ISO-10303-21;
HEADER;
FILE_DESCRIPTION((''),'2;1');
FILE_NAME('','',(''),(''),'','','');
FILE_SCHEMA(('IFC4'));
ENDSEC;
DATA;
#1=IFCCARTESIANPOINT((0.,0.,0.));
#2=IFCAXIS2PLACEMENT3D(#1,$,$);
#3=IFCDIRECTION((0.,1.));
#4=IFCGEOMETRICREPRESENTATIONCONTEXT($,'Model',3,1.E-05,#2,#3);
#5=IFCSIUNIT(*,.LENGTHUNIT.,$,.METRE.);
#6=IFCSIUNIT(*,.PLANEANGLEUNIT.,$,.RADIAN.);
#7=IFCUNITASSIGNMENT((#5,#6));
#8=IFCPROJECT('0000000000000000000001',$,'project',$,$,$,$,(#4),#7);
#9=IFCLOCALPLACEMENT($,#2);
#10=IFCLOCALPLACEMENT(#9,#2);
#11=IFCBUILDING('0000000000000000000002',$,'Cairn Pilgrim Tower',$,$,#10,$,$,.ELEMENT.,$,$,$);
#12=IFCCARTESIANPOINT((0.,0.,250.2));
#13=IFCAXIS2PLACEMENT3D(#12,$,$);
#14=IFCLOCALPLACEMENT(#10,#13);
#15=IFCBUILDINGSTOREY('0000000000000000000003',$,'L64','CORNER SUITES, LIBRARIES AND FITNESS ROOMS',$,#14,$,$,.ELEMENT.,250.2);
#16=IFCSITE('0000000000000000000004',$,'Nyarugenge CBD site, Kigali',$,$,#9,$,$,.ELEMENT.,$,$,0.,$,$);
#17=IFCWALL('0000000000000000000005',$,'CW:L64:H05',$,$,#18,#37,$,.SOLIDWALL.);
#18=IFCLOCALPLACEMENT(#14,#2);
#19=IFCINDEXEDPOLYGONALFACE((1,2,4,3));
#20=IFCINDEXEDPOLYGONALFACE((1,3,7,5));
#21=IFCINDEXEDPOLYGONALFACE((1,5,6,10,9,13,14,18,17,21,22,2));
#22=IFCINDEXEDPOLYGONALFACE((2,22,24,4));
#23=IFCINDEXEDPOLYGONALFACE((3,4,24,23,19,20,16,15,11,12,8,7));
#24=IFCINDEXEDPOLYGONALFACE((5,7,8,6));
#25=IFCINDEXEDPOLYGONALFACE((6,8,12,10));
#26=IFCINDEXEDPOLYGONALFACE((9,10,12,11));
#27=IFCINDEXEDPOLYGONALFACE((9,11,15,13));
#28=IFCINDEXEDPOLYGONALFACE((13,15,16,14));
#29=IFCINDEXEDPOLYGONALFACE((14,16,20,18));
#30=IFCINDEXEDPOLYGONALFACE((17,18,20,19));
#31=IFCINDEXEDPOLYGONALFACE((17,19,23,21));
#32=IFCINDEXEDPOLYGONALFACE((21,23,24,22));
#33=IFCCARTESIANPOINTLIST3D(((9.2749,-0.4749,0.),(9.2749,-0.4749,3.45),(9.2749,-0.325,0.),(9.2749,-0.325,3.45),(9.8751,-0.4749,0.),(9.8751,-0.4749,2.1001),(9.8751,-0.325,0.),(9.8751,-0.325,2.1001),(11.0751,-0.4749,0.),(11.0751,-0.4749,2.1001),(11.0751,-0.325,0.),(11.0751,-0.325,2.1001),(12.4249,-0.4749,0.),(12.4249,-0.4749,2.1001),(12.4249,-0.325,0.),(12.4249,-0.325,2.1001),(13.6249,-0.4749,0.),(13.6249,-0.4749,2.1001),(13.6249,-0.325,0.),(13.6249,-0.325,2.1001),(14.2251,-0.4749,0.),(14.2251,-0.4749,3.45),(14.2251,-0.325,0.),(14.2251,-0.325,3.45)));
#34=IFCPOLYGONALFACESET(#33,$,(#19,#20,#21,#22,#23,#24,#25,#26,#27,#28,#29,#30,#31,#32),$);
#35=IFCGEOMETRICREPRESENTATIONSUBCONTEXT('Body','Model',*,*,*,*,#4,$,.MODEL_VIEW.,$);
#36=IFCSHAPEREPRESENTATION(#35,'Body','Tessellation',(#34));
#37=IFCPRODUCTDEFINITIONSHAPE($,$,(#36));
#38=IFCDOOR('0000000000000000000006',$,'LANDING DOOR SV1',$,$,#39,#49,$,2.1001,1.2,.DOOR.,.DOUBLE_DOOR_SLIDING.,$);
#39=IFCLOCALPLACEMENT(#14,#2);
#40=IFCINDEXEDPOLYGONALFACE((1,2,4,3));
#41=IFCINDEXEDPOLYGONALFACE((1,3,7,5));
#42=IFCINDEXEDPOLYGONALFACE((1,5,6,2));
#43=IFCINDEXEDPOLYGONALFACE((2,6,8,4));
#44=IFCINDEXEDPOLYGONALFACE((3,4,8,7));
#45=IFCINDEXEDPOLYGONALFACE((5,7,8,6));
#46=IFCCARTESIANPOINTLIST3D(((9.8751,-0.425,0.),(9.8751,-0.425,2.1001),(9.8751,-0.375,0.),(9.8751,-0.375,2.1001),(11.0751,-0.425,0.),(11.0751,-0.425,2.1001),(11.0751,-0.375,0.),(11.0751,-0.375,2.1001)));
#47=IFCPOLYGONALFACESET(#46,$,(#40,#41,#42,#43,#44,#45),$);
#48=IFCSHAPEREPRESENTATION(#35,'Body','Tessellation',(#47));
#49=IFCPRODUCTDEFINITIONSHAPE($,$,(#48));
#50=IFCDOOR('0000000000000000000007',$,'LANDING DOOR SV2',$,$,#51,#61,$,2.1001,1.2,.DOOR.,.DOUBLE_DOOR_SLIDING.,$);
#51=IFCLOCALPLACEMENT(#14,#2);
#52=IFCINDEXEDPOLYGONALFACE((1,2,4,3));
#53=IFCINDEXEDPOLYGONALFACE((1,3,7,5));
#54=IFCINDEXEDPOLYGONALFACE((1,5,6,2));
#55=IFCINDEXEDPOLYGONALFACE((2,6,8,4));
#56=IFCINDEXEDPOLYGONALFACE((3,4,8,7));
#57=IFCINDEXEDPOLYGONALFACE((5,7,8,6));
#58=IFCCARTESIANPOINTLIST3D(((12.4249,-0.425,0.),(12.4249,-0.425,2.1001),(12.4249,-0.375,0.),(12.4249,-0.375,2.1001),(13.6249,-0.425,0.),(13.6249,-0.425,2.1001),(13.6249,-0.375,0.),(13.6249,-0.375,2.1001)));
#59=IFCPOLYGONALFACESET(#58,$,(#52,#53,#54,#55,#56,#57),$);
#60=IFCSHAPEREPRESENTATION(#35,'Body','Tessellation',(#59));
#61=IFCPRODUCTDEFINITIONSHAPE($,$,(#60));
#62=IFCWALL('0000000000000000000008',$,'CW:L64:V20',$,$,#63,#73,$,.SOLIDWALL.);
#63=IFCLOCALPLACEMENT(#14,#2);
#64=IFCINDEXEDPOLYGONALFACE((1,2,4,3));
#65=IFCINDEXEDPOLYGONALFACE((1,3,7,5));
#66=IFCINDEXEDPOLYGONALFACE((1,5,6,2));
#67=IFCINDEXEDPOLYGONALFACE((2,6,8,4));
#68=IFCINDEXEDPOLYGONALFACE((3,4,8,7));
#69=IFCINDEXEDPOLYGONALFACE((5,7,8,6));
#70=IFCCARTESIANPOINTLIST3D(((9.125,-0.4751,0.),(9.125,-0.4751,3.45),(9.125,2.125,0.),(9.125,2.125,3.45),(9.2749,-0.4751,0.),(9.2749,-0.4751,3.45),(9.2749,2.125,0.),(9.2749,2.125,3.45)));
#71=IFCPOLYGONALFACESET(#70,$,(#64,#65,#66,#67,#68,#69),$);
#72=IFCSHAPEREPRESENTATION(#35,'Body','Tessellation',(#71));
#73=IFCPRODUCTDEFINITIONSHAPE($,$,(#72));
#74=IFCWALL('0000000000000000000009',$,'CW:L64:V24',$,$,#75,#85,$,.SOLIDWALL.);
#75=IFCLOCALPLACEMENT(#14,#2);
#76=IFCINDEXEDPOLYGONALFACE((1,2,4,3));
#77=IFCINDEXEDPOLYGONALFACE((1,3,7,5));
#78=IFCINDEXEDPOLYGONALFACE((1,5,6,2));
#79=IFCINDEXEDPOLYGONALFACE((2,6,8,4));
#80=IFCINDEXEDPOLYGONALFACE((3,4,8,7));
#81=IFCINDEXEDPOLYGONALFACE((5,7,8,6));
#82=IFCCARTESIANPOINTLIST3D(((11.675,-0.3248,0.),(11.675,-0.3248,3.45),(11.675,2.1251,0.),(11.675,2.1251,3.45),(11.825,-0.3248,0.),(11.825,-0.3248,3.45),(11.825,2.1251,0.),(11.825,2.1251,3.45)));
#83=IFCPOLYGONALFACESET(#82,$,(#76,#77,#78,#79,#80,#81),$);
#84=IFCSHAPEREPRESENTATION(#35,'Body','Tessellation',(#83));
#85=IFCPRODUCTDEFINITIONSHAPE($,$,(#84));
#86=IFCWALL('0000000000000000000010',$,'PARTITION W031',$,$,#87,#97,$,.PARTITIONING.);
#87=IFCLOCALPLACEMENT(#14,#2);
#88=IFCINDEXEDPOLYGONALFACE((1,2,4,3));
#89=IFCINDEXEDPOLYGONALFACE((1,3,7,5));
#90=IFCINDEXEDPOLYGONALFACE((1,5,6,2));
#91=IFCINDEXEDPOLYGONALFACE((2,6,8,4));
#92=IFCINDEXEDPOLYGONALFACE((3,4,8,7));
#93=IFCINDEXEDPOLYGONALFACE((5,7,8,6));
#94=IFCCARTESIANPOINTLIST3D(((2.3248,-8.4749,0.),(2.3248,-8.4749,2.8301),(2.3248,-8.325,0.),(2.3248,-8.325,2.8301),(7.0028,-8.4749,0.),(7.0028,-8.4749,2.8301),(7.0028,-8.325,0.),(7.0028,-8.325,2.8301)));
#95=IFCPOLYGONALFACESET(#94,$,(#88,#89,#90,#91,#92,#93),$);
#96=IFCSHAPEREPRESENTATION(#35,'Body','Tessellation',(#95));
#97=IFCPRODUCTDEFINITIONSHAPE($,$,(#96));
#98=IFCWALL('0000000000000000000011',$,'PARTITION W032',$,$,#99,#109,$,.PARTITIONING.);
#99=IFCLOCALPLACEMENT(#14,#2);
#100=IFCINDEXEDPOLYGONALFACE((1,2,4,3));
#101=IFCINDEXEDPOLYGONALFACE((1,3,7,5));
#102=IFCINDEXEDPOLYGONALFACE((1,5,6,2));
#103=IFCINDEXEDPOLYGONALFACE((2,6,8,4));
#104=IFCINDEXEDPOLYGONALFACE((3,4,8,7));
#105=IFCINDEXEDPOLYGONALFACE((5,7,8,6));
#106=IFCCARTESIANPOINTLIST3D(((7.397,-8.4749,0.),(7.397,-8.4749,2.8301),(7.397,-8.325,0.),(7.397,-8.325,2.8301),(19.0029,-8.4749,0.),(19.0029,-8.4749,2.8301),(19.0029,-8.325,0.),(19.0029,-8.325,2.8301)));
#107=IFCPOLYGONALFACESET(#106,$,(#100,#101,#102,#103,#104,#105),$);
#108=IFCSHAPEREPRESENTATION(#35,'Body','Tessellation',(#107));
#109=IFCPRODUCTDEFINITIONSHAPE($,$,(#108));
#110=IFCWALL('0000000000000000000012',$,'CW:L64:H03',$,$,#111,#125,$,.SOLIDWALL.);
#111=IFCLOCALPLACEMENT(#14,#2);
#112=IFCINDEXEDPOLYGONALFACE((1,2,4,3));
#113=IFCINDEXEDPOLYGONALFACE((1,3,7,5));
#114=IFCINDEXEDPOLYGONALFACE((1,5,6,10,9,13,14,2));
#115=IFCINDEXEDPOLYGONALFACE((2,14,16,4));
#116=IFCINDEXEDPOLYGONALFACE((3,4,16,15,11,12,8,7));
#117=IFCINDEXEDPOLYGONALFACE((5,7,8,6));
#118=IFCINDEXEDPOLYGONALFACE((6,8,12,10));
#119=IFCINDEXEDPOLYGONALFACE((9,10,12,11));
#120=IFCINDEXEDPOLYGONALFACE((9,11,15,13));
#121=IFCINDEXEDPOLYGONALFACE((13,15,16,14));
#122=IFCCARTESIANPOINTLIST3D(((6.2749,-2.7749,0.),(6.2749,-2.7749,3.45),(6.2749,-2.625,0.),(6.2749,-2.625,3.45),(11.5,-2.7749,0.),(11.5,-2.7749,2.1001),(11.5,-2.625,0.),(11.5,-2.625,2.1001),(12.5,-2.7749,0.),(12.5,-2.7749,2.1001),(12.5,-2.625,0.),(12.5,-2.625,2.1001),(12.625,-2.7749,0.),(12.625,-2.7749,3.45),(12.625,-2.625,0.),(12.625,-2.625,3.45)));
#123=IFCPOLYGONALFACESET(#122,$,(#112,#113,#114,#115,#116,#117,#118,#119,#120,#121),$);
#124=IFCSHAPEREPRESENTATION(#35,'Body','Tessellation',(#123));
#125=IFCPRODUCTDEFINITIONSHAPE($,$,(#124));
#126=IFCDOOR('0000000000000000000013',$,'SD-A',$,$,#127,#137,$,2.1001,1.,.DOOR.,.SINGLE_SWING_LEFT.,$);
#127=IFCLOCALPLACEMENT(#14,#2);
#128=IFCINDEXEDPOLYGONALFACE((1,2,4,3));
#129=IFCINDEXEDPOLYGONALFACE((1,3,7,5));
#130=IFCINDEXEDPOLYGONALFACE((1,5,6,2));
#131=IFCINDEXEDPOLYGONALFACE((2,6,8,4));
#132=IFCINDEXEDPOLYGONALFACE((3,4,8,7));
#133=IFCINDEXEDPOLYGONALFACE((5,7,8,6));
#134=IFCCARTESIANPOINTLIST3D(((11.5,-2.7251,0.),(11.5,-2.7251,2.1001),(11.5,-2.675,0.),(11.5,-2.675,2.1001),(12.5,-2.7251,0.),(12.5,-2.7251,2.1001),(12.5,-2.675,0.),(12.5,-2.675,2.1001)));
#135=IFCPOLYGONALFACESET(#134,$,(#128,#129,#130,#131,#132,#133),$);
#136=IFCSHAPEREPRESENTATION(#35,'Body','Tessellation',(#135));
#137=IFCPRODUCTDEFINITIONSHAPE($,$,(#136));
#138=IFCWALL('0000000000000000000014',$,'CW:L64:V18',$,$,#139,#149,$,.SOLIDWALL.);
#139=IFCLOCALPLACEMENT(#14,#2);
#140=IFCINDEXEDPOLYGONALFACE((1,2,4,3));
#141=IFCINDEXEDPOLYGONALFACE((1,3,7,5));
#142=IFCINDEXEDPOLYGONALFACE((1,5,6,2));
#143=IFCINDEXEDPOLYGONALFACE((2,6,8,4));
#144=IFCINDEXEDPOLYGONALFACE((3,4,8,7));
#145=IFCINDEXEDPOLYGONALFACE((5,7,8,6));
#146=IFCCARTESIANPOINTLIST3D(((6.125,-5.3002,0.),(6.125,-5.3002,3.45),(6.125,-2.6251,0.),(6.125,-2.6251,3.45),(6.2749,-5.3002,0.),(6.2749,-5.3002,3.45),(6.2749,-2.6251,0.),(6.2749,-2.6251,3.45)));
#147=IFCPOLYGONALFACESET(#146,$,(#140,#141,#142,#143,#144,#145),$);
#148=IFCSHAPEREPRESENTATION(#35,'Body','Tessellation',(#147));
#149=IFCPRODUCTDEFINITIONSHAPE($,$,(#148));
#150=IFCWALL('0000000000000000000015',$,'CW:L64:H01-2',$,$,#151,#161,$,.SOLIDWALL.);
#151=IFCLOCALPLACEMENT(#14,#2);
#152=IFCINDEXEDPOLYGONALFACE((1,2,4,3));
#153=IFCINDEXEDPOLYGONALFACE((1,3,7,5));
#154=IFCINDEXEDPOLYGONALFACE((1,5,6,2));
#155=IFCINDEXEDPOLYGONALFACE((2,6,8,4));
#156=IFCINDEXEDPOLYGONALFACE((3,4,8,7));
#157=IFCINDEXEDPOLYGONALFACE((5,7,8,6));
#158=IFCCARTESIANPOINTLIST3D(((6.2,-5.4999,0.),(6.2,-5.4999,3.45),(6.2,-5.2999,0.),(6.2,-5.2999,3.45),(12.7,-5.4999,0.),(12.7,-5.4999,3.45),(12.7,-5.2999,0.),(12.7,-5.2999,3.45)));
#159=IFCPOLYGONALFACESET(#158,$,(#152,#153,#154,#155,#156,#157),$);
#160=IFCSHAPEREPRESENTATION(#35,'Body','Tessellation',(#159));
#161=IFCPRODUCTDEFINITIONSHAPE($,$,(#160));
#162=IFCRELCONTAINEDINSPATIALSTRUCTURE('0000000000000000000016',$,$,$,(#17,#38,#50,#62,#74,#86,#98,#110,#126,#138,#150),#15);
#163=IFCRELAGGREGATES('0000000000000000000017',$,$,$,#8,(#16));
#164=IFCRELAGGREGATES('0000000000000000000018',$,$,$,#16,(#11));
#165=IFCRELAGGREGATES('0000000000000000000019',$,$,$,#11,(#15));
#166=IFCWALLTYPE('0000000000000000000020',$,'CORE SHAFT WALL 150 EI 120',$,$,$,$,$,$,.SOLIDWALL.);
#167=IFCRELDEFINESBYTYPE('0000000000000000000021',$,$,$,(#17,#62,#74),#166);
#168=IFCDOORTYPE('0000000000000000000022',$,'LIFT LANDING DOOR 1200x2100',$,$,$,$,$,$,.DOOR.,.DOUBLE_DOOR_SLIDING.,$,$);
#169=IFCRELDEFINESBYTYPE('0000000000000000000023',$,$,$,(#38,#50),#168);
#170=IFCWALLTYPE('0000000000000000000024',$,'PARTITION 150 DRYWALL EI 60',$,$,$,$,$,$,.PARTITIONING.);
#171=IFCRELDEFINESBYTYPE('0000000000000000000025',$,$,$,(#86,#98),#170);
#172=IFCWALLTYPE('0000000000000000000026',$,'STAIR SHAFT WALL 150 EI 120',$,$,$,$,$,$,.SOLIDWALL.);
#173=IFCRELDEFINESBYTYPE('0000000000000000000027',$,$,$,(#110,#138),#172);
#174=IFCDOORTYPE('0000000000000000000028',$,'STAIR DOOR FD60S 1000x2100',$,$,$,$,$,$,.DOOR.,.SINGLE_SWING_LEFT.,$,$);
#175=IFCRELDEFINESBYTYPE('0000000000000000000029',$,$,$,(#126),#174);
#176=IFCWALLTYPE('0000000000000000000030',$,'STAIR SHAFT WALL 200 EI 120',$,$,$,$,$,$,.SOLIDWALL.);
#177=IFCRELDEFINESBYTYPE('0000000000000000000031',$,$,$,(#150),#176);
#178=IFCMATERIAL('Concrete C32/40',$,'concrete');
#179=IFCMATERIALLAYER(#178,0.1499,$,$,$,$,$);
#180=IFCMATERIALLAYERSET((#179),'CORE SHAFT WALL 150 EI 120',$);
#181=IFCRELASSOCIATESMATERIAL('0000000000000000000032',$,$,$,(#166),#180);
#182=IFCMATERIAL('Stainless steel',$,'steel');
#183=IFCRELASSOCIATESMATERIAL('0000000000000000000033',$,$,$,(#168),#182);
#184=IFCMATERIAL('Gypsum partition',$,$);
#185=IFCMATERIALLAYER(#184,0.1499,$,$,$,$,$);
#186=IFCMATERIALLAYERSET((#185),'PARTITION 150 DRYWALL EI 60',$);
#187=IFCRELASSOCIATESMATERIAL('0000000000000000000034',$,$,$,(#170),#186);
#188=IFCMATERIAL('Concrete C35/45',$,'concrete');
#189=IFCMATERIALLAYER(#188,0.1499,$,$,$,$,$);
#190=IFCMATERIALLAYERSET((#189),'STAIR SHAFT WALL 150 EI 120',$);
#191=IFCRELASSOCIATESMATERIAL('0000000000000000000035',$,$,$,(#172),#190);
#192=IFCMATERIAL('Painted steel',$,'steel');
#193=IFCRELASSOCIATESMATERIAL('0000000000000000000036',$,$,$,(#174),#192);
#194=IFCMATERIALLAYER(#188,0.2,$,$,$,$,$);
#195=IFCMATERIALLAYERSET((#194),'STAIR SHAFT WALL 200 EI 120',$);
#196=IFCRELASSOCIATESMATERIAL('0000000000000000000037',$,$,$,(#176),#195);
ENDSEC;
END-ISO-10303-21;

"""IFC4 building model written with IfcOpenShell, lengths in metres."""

from ifc_helpers import new_model, si_unit, direction, frame, frame_2d, origin, place, context, subcontext, project, spatial, rectangle, extrude, material, layer, layer_set, type_object, element, fill, save


model = new_model("IFC4")

# Units and contexts
model_context = context("Model", 3, precision=1e-05, world=origin(), true_north=direction((0.0, 1.0)))
body_context = subcontext(model_context, "Body", "Model", "MODEL_VIEW")
ifc_project = project(units=[si_unit("LENGTHUNIT", "METRE"), si_unit("PLANEANGLEUNIT", "RADIAN")], contexts=[model_context])

# Site, building, storey
site_placement = place(None, origin())
site = spatial("IfcSite", under=ifc_project, at=site_placement, Name="Nyarugenge CBD site, Kigali", CompositionType="ELEMENT", RefElevation=0.0)
building_placement = place(site_placement, origin())
building = spatial("IfcBuilding", under=site, at=building_placement, Name="Cairn Pilgrim Tower", CompositionType="ELEMENT")
storey_placement = place(building_placement, frame((0.0, 0.0, 250.2)))
storey = spatial("IfcBuildingStorey", under=building, at=storey_placement, Name="L64", Description="CORNER SUITES, LIBRARIES AND FITNESS ROOMS", CompositionType="ELEMENT", Elevation=250.2)

# Shared definitions
ifc_material_1 = material(Name="Concrete C35/45", Category="concrete")

# Shared definitions
ifc_material_2 = material(Name="Concrete C32/40", Category="concrete")

# Shared definitions
ifc_material_3 = material(Name="Painted steel", Category="steel")

# Wall, openings, doors
ifc_layer_1 = layer(ifc_material_2, 0.1499)
ifc_layer_set_1 = layer_set([ifc_layer_1], Name="CORE SHAFT WALL 150 EI 120")
wall_type_1 = type_object("IfcWallType", Name="CORE SHAFT WALL 150 EI 120", PredefinedType="SOLIDWALL", material=ifc_layer_set_1)
wall_1_placement = place(storey_placement, frame((9.2749, -0.3999, 0.0), z_axis=(0.0, 0.0, 1.0), x_axis=(1.0, 0.0, 0.0)))
wall_1 = element("IfcWall", 1, at=wall_1_placement, inside=storey, type_object=wall_type_1, Name="CW:L64:H05", PredefinedType="SOLIDWALL", context=body_context, shape_type="SweptSolid", body=[
    extrude(rectangle(XDim=4.9502, YDim=0.1499, at=frame_2d((2.4751, 0.0))), origin(), (0.0, 0.0, 1.0), 3.45),
])
opening_1_placement = place(wall_1_placement, frame((0.6001, 0.0, 0.0)))
opening_1 = element("IfcOpeningElement", 2, at=opening_1_placement, cuts=wall_1, PredefinedType="OPENING", context=body_context, shape_type="SweptSolid", body=[
    extrude(rectangle(XDim=1.2, YDim=2.1001, at=frame_2d((0.6001, 1.05))), frame((0.0, 0.085, 0.0), z_axis=(0.0, -1.0, 0.0), x_axis=(1.0, 0.0, 0.0)), (0.0, 0.0, 1.0), 0.1699),
])
opening_2_placement = place(wall_1_placement, frame((3.1499, 0.0, 0.0)))
opening_2 = element("IfcOpeningElement", 3, at=opening_2_placement, cuts=wall_1, PredefinedType="OPENING", context=body_context, shape_type="SweptSolid", body=[
    extrude(rectangle(XDim=1.2, YDim=2.1001, at=frame_2d((0.6001, 1.05))), frame((0.0, 0.085, 0.0), z_axis=(0.0, -1.0, 0.0), x_axis=(1.0, 0.0, 0.0)), (0.0, 0.0, 1.0), 0.1699),
])
ifc_material_4 = material(Name="Stainless steel", Category="steel")
door_type_1 = type_object("IfcDoorType", Name="LIFT LANDING DOOR 1200x2100", OperationType="DOUBLE_DOOR_SLIDING", PredefinedType="DOOR", material=ifc_material_4)
door_1_placement = place(opening_1_placement, origin())
door_1 = element("IfcDoor", 4, at=door_1_placement, inside=storey, type_object=door_type_1, Name="LANDING DOOR SV1", OperationType="DOUBLE_DOOR_SLIDING", OverallHeight=2.1001, OverallWidth=1.2, PredefinedType="DOOR", context=body_context, shape_type="SweptSolid", body=[
    extrude(rectangle(XDim=1.2, YDim=2.1001, at=frame_2d((0.6001, 1.05))), frame((0.0, 0.0249, 0.0), z_axis=(0.0, -1.0, 0.0), x_axis=(1.0, 0.0, 0.0)), (0.0, 0.0, 1.0), 0.05),
])
fill(opening_1, door_1)
door_2_placement = place(opening_2_placement, origin())
door_2 = element("IfcDoor", 5, at=door_2_placement, inside=storey, type_object=door_type_1, Name="LANDING DOOR SV2", OperationType="DOUBLE_DOOR_SLIDING", OverallHeight=2.1001, OverallWidth=1.2, PredefinedType="DOOR", context=body_context, shape_type="SweptSolid", body=[
    extrude(rectangle(XDim=1.2, YDim=2.1001, at=frame_2d((0.6001, 1.05))), frame((0.0, 0.0249, 0.0), z_axis=(0.0, -1.0, 0.0), x_axis=(1.0, 0.0, 0.0)), (0.0, 0.0, 1.0), 0.05),
])
fill(opening_2, door_2)

# Walls
wall_2_placement = place(storey_placement, frame((9.2, -0.4751, 0.0), z_axis=(0.0, 0.0, 1.0), x_axis=(0.0, 1.0, 0.0)))
element("IfcWall", 6, at=wall_2_placement, inside=storey, type_object=wall_type_1, Name="CW:L64:V20", PredefinedType="SOLIDWALL", context=body_context, shape_type="SweptSolid", body=[
    extrude(rectangle(XDim=2.6001, YDim=0.1499, at=frame_2d((1.3, 0.0))), origin(), (0.0, 0.0, 1.0), 3.45),
])
wall_3_placement = place(storey_placement, frame((11.75, -0.325, 0.0), z_axis=(0.0, 0.0, 1.0), x_axis=(0.0, 1.0, 0.0)))
element("IfcWall", 7, at=wall_3_placement, inside=storey, type_object=wall_type_1, Name="CW:L64:V24", PredefinedType="SOLIDWALL", context=body_context, shape_type="SweptSolid", body=[
    extrude(rectangle(XDim=2.45, YDim=0.1499, at=frame_2d((1.2251, 0.0))), origin(), (0.0, 0.0, 1.0), 3.45),
])
ifc_material_5 = material(Name="Gypsum partition")
ifc_layer_2 = layer(ifc_material_5, 0.1499)
ifc_layer_set_2 = layer_set([ifc_layer_2], Name="PARTITION 150 DRYWALL EI 60")
wall_type_2 = type_object("IfcWallType", Name="PARTITION 150 DRYWALL EI 60", PredefinedType="PARTITIONING", material=ifc_layer_set_2)
wall_4_placement = place(storey_placement, frame((2.325, -8.3999, 0.0), z_axis=(0.0, 0.0, 1.0), x_axis=(1.0, 0.0, 0.0)))
element("IfcWall", 8, at=wall_4_placement, inside=storey, type_object=wall_type_2, Name="PARTITION W031", PredefinedType="PARTITIONING", context=body_context, shape_type="SweptSolid", body=[
    extrude(rectangle(XDim=4.678, YDim=0.1499, at=frame_2d((2.3389, 0.0))), origin(), (0.0, 0.0, 1.0), 2.8301),
])
wall_5_placement = place(storey_placement, frame((7.397, -8.3999, 0.0), z_axis=(0.0, 0.0, 1.0), x_axis=(1.0, 0.0, 0.0)))
element("IfcWall", 9, at=wall_5_placement, inside=storey, type_object=wall_type_2, Name="PARTITION W032", PredefinedType="PARTITIONING", context=body_context, shape_type="SweptSolid", body=[
    extrude(rectangle(XDim=11.606, YDim=0.1499, at=frame_2d((5.803, 0.0))), origin(), (0.0, 0.0, 1.0), 2.8301),
])

# Wall, opening, door
ifc_layer_3 = layer(ifc_material_1, 0.1499)
ifc_layer_set_3 = layer_set([ifc_layer_3], Name="STAIR SHAFT WALL 150 EI 120")
wall_type_3 = type_object("IfcWallType", Name="STAIR SHAFT WALL 150 EI 120", PredefinedType="SOLIDWALL", material=ifc_layer_set_3)
wall_6_placement = place(storey_placement, frame((6.2749, -2.7, 0.0), z_axis=(0.0, 0.0, 1.0), x_axis=(1.0, 0.0, 0.0)))
wall_6 = element("IfcWall", 10, at=wall_6_placement, inside=storey, type_object=wall_type_3, Name="CW:L64:H03", PredefinedType="SOLIDWALL", context=body_context, shape_type="SweptSolid", body=[
    extrude(rectangle(XDim=6.3501, YDim=0.1499, at=frame_2d((3.175, 0.0))), origin(), (0.0, 0.0, 1.0), 3.45),
])
opening_3_placement = place(wall_6_placement, frame((5.2251, 0.0, 0.0)))
opening_3 = element("IfcOpeningElement", 11, at=opening_3_placement, cuts=wall_6, PredefinedType="OPENING", context=body_context, shape_type="SweptSolid", body=[
    extrude(rectangle(XDim=1.0, YDim=2.1001, at=frame_2d((0.5, 1.05))), frame((0.0, 0.085, 0.0), z_axis=(0.0, -1.0, 0.0), x_axis=(1.0, 0.0, 0.0)), (0.0, 0.0, 1.0), 0.1699),
])
door_type_2 = type_object("IfcDoorType", Name="STAIR DOOR FD60S 1000x2100", OperationType="SINGLE_SWING_LEFT", PredefinedType="DOOR", material=ifc_material_3)
door_3_placement = place(opening_3_placement, origin())
door_3 = element("IfcDoor", 12, at=door_3_placement, inside=storey, type_object=door_type_2, Name="SD-A", OperationType="SINGLE_SWING_LEFT", OverallHeight=2.1001, OverallWidth=1.0, PredefinedType="DOOR", context=body_context, shape_type="SweptSolid", body=[
    extrude(rectangle(XDim=1.0, YDim=2.1001, at=frame_2d((0.5, 1.05))), frame((0.0, 0.0249, 0.0), z_axis=(0.0, -1.0, 0.0), x_axis=(1.0, 0.0, 0.0)), (0.0, 0.0, 1.0), 0.05),
])
fill(opening_3, door_3)

# Walls
wall_7_placement = place(storey_placement, frame((6.2, -5.3, 0.0), z_axis=(0.0, 0.0, 1.0), x_axis=(0.0, 1.0, 0.0)))
element("IfcWall", 13, at=wall_7_placement, inside=storey, type_object=wall_type_3, Name="CW:L64:V18", PredefinedType="SOLIDWALL", context=body_context, shape_type="SweptSolid", body=[
    extrude(rectangle(XDim=2.675, YDim=0.1499, at=frame_2d((1.3374, 0.0))), origin(), (0.0, 0.0, 1.0), 3.45),
])
ifc_layer_4 = layer(ifc_material_1, 0.2)
ifc_layer_set_4 = layer_set([ifc_layer_4], Name="STAIR SHAFT WALL 200 EI 120")
wall_type_4 = type_object("IfcWallType", Name="STAIR SHAFT WALL 200 EI 120", PredefinedType="SOLIDWALL", material=ifc_layer_set_4)
wall_8_placement = place(storey_placement, frame((6.2, -5.3999, 0.0), z_axis=(0.0, 0.0, 1.0), x_axis=(1.0, 0.0, 0.0)))
element("IfcWall", 14, at=wall_8_placement, inside=storey, type_object=wall_type_4, Name="CW:L64:H01-2", PredefinedType="SOLIDWALL", context=body_context, shape_type="SweptSolid", body=[
    extrude(rectangle(XDim=6.5, YDim=0.2, at=frame_2d((3.25, 0.0))), origin(), (0.0, 0.0, 1.0), 3.45),
])

save(model, "model.ifc")
